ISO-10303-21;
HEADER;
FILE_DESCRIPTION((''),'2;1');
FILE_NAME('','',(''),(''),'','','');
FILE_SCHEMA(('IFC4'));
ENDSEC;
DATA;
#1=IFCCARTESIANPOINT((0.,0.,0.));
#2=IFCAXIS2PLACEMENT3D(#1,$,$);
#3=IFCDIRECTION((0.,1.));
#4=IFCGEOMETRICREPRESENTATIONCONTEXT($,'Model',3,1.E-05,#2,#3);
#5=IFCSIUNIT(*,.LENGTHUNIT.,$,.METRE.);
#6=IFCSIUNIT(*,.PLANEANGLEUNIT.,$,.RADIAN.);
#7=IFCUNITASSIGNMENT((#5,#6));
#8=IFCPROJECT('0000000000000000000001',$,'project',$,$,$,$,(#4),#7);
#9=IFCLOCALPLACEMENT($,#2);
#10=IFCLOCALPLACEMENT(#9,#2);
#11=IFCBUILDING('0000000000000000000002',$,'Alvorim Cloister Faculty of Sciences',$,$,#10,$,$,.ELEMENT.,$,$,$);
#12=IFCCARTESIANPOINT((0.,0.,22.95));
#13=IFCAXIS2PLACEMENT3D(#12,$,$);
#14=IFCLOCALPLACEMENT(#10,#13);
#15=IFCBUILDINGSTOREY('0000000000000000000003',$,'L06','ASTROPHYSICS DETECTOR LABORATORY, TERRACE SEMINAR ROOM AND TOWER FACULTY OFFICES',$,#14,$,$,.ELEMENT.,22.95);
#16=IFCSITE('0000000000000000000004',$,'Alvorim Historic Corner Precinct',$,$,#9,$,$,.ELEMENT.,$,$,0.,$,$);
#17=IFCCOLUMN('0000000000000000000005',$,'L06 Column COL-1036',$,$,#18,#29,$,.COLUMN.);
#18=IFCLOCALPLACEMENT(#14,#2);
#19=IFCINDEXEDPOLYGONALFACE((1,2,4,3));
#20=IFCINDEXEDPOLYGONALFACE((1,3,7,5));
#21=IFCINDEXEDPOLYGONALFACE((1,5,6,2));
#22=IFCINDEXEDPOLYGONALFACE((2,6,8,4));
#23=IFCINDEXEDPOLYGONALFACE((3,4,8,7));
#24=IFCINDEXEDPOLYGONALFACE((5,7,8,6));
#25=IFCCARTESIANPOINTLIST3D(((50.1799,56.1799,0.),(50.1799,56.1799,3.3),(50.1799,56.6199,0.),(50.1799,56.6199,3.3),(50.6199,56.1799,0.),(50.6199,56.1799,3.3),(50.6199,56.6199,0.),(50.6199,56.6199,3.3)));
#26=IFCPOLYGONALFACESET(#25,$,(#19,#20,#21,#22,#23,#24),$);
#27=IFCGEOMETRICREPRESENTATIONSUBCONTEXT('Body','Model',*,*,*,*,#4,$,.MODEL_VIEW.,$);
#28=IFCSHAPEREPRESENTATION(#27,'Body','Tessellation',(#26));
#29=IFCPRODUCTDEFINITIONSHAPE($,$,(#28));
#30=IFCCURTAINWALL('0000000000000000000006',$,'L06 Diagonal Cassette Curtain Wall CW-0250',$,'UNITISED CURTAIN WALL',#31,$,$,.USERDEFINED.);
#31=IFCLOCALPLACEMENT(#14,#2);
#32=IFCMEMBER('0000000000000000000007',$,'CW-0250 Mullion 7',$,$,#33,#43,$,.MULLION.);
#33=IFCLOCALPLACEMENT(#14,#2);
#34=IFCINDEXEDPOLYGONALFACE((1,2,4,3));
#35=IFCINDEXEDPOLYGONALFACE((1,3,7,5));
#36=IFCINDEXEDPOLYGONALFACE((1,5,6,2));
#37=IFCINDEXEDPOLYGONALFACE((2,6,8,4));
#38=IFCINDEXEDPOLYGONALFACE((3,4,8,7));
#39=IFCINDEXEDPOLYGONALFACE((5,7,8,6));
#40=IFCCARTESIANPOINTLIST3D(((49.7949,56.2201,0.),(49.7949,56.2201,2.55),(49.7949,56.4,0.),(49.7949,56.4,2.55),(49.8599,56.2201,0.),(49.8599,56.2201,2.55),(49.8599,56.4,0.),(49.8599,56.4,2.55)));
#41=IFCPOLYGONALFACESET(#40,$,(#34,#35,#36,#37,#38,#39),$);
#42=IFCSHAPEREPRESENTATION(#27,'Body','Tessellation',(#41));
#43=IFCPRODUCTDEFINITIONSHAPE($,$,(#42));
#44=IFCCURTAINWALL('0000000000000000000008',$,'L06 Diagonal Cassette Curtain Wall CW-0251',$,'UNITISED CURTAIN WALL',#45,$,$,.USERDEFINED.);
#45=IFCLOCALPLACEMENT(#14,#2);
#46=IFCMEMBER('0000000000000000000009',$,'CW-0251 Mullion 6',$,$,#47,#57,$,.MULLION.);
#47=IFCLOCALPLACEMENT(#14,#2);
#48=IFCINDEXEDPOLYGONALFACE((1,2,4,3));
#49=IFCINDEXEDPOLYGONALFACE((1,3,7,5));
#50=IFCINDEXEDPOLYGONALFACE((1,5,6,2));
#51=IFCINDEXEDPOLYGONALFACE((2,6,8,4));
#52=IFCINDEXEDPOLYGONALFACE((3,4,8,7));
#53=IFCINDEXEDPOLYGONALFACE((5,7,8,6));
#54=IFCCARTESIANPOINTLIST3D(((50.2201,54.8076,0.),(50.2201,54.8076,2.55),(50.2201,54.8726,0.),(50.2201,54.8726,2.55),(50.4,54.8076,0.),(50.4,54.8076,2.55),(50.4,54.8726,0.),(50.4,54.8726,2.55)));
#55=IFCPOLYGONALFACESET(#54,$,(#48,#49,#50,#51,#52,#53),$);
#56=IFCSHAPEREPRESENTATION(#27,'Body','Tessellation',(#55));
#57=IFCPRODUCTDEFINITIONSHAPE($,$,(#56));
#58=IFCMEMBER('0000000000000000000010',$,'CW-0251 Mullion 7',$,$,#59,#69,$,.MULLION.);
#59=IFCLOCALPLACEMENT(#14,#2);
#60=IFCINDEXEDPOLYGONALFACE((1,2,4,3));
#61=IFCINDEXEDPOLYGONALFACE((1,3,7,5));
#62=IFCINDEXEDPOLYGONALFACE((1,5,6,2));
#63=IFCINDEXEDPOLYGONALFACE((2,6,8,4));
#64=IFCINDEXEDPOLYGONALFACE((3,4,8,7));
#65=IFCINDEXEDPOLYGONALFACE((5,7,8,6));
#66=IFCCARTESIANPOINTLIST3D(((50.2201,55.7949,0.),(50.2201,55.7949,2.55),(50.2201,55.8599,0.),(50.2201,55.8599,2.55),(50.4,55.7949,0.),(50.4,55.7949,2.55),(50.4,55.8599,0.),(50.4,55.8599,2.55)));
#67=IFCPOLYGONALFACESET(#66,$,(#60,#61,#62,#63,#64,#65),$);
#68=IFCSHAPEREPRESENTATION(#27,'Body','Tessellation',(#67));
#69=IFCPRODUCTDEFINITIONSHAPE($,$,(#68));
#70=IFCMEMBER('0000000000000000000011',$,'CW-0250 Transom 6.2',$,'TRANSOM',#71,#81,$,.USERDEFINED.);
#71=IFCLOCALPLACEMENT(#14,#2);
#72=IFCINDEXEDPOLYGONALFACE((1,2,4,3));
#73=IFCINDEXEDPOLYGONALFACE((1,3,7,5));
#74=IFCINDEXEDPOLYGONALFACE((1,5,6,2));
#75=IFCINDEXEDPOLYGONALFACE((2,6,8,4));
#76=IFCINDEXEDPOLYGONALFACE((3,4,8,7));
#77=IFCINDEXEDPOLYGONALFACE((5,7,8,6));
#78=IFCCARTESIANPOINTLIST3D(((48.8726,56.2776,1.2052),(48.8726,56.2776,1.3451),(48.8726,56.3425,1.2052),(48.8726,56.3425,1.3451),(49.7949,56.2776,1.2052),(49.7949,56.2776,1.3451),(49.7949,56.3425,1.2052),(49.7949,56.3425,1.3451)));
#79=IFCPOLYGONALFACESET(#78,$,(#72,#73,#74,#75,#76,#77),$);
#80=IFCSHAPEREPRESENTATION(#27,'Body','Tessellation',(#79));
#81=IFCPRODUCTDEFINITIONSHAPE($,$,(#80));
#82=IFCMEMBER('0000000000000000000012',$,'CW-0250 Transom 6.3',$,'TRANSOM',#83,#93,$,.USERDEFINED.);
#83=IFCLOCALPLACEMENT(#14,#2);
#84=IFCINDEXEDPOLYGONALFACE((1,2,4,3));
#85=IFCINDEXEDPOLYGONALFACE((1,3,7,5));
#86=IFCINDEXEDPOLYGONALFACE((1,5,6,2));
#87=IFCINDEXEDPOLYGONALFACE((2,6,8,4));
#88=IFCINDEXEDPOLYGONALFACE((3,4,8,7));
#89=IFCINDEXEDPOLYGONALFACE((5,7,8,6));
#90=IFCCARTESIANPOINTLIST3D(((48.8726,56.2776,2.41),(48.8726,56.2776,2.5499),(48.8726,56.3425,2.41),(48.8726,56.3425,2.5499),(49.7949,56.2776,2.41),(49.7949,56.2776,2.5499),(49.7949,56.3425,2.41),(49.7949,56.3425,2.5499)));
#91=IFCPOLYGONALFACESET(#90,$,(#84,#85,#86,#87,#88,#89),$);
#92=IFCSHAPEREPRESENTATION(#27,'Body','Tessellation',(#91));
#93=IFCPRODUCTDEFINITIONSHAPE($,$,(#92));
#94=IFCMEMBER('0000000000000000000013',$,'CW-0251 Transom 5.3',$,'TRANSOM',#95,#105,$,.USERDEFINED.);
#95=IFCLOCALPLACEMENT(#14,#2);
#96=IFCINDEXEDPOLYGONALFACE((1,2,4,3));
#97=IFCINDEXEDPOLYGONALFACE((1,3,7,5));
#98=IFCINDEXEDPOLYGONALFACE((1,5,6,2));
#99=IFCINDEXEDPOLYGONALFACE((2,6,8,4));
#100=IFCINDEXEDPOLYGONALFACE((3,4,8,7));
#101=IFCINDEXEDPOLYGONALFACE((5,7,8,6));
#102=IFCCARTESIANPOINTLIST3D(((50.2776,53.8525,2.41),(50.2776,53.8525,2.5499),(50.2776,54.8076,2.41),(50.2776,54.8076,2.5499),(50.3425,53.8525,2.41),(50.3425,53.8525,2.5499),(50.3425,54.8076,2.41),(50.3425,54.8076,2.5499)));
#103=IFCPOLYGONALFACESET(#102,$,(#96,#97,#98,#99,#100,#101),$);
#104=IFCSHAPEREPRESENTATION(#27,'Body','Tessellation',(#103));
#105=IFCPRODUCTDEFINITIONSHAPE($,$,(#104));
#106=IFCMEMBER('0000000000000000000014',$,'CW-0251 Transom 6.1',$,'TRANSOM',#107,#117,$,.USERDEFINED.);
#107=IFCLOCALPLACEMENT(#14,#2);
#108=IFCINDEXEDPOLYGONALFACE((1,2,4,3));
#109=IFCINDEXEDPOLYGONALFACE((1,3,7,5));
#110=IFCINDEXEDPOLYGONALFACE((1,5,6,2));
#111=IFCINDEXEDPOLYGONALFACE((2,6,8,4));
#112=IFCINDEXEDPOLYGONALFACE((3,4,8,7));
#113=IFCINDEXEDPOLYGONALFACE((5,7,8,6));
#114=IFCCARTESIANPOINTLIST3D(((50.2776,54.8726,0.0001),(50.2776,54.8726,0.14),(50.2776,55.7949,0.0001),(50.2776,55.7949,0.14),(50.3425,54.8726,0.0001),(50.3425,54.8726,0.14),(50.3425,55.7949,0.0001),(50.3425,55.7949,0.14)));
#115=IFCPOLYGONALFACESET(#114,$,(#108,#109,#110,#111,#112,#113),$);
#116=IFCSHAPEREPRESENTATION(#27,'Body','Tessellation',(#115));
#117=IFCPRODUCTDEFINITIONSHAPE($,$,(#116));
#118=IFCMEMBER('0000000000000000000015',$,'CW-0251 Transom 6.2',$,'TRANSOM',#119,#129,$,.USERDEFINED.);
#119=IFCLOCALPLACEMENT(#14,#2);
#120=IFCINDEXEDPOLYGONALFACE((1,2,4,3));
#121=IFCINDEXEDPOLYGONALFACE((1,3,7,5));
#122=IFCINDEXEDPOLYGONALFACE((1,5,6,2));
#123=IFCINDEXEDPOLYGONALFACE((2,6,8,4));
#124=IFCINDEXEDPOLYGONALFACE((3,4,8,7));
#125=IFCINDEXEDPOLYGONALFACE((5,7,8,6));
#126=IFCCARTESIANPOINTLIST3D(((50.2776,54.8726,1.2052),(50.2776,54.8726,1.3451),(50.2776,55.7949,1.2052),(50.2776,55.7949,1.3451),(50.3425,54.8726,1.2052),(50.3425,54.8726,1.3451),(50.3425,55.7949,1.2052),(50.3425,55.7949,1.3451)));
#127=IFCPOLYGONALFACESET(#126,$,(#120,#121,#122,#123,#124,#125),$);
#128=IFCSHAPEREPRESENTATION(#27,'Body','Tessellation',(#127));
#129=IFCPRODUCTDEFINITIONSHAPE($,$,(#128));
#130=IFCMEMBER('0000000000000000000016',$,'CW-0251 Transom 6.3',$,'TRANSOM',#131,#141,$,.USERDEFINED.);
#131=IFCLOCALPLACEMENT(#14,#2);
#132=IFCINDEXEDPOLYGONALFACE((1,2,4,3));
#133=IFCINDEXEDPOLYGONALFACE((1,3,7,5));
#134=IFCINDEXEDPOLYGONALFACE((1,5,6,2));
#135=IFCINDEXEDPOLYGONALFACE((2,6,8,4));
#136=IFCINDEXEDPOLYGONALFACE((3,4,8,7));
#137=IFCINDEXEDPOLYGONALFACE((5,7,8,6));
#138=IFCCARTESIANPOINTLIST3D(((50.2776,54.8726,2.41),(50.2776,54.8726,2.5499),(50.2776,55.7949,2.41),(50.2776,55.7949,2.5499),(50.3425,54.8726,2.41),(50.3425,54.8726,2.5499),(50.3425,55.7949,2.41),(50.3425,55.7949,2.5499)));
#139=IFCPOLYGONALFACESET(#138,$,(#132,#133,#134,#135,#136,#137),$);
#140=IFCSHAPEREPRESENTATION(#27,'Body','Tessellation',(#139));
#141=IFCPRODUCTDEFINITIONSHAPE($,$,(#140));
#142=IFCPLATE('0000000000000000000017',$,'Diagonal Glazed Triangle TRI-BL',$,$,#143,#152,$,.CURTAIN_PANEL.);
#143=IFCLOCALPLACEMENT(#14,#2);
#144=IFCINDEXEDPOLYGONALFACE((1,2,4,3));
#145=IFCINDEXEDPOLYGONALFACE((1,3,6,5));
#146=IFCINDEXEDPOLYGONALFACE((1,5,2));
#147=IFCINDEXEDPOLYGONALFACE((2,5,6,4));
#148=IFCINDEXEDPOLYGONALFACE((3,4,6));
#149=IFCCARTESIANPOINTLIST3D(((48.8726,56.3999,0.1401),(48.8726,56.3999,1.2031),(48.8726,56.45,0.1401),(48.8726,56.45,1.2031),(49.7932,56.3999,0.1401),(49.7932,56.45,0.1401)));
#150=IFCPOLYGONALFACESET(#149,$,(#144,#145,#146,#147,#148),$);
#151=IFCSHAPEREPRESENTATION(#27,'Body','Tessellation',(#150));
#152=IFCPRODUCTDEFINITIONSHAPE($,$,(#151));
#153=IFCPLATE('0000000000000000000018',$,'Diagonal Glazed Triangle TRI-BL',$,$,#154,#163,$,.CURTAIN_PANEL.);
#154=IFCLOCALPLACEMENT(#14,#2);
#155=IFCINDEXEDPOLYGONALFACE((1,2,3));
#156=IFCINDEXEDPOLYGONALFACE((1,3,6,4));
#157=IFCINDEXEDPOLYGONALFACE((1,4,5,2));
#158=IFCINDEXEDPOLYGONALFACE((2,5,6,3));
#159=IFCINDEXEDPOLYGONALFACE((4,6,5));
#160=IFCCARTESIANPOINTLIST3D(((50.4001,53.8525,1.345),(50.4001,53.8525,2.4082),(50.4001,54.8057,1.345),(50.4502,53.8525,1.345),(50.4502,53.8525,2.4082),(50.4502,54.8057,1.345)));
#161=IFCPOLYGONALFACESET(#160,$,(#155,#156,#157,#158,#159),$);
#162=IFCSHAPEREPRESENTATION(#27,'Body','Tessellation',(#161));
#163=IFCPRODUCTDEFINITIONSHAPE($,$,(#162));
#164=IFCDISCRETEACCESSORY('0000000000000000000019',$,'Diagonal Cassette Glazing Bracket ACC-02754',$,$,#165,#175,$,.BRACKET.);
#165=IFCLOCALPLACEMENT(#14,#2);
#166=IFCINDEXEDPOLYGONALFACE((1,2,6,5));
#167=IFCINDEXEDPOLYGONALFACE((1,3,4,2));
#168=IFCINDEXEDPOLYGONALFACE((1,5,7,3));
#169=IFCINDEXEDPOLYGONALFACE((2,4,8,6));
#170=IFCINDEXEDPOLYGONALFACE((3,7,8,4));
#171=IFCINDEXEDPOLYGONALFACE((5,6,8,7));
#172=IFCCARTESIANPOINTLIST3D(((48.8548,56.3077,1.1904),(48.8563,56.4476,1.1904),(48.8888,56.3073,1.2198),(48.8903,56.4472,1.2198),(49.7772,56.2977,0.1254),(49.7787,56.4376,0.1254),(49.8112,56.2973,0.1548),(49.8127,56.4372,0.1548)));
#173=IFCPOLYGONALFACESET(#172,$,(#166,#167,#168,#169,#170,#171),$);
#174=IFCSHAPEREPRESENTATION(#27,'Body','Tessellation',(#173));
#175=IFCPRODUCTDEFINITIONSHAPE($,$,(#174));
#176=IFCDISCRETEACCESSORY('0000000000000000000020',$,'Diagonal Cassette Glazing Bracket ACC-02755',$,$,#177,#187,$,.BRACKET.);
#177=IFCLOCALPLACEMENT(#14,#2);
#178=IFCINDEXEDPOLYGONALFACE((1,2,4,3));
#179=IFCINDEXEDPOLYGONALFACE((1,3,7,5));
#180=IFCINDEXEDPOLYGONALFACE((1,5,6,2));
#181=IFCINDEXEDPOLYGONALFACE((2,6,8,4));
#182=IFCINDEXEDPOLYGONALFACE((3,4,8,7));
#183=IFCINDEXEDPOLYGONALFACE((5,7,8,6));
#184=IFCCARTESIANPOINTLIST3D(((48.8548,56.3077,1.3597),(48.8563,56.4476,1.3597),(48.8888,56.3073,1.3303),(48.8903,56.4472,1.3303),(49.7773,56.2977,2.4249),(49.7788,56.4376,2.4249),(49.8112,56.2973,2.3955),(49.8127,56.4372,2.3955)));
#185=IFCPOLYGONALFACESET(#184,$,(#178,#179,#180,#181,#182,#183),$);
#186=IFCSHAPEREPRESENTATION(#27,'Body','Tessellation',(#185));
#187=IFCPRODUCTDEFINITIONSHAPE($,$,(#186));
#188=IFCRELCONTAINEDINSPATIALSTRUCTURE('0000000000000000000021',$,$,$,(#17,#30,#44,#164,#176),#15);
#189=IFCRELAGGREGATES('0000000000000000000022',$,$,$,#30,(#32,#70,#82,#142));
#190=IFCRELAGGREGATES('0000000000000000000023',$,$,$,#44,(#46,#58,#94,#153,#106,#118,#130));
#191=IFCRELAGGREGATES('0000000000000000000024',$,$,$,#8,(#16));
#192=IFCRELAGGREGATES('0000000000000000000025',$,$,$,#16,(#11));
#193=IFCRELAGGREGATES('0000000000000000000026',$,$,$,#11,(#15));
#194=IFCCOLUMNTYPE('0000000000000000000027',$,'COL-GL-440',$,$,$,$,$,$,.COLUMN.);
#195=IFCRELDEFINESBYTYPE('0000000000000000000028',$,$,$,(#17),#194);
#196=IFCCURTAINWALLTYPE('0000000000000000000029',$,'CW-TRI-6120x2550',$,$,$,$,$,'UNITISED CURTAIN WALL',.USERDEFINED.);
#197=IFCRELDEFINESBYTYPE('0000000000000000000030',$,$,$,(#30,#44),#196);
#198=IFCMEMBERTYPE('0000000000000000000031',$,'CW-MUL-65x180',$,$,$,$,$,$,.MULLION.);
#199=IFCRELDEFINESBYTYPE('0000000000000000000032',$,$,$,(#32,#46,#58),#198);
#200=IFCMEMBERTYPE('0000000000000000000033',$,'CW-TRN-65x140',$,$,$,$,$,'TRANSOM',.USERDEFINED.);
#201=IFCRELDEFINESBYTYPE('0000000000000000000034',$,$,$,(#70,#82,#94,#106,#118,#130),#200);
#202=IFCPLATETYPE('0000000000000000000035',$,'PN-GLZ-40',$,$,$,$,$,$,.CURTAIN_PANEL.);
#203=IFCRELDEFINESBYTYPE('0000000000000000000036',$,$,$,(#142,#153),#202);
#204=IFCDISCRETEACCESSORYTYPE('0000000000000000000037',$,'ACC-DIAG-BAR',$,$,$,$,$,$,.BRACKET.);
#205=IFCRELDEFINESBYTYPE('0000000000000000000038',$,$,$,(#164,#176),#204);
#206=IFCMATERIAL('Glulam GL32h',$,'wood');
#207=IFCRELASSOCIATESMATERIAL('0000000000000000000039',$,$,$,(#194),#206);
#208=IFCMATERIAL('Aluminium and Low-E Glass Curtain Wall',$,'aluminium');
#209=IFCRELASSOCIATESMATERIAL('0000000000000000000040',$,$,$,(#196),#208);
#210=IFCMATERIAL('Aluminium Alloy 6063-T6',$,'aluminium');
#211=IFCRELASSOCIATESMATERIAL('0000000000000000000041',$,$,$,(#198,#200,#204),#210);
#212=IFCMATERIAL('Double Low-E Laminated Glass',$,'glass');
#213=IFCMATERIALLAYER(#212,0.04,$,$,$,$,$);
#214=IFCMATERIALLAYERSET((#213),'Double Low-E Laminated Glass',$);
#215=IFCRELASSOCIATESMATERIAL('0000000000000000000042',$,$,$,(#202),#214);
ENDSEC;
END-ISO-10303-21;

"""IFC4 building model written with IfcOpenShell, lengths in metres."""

from ifc_helpers import new_model, si_unit, direction, frame, origin, origin_2d, place, context, subcontext, project, spatial, polyline, rectangle, outline, extrude, material, layer, layer_set, material_profile, profile_set, type_object, element, aggregate, save


model = new_model("IFC4")

# Units and contexts
model_context = context("Model", 3, precision=1e-05, world=origin(), true_north=direction((0.0, 1.0)))
body_context = subcontext(model_context, "Body", "Model", "MODEL_VIEW")
ifc_project = project(units=[si_unit("LENGTHUNIT", "METRE"), si_unit("PLANEANGLEUNIT", "RADIAN")], contexts=[model_context])

# Site, building, storey
site_placement = place(None, origin())
site = spatial("IfcSite", under=ifc_project, at=site_placement, Name="Alvorim Historic Corner Precinct", CompositionType="ELEMENT", RefElevation=0.0)
building_placement = place(site_placement, origin())
building = spatial("IfcBuilding", under=site, at=building_placement, Name="Alvorim Cloister Faculty of Sciences", CompositionType="ELEMENT")
storey_placement = place(building_placement, frame((0.0, 0.0, 22.95)))
storey = spatial("IfcBuildingStorey", under=building, at=storey_placement, Name="L06", Description="ASTROPHYSICS DETECTOR LABORATORY, TERRACE SEMINAR ROOM AND TOWER FACULTY OFFICES", CompositionType="ELEMENT", Elevation=22.95)

# Column
ifc_material_1 = material(Name="Glulam GL32h", Category="wood")
ifc_material_profile_1 = material_profile(ifc_material_1, rectangle(XDim=0.4399, YDim=0.4399, at=origin_2d()), Name="GL32-COL-440x440")
ifc_profile_set_1 = profile_set([ifc_material_profile_1], Name="Glulam GL32h")
column_type = type_object("IfcColumnType", Name="COL-GL-440", PredefinedType="COLUMN", material=ifc_profile_set_1)
column_placement = place(storey_placement, frame((50.3999, 56.3999, 0.0), z_axis=(0.0, 0.0, 1.0), x_axis=(1.0, 0.0, 0.0)))
element("IfcColumn", 1, at=column_placement, inside=storey, type_object=column_type, Name="L06 Column COL-1036", PredefinedType="COLUMN", context=body_context, shape_type="SweptSolid", body=[
    extrude(rectangle(XDim=0.4399, YDim=0.4399, at=origin_2d()), origin(), (0.0, 0.0, 1.0), 3.3),
])

# Curtain wall, member
ifc_material_2 = material(Name="Aluminium and Low-E Glass Curtain Wall", Category="aluminium")
curtain_wall_type = type_object("IfcCurtainWallType", Name="CW-TRI-6120x2550", ElementType="UNITISED CURTAIN WALL", PredefinedType="USERDEFINED", material=ifc_material_2)
curtain_wall_1_placement = place(storey_placement, origin())
curtain_wall_1 = element("IfcCurtainWall", 2, at=curtain_wall_1_placement, inside=storey, type_object=curtain_wall_type, Name="L06 Diagonal Cassette Curtain Wall CW-0250", ObjectType="UNITISED CURTAIN WALL", PredefinedType="USERDEFINED")
ifc_material_3 = material(Name="Aluminium Alloy 6063-T6", Category="aluminium")
ifc_material_profile_2 = material_profile(ifc_material_3, rectangle(XDim=0.0649, YDim=0.1799, at=origin_2d()), Name="ALU-MUL-65x180")
ifc_profile_set_2 = profile_set([ifc_material_profile_2], Name="Aluminium Alloy 6063-T6")
member_type_1 = type_object("IfcMemberType", Name="CW-MUL-65x180", PredefinedType="MULLION", material=ifc_profile_set_2)
member_1_placement = place(storey_placement, frame((49.8274, 56.3101, 0.0), z_axis=(0.0, 0.0, 1.0), x_axis=(1.0, 0.0, 0.0)))
member_1 = element("IfcMember", 3, at=member_1_placement, type_object=member_type_1, Name="CW-0250 Mullion 7", PredefinedType="MULLION", context=body_context, shape_type="SweptSolid", body=[
    extrude(rectangle(XDim=0.0649, YDim=0.1799, at=origin_2d()), origin(), (0.0, 0.0, 1.0), 2.55),
])

# Curtain wall, members
curtain_wall_2_placement = place(storey_placement, origin())
curtain_wall_2 = element("IfcCurtainWall", 4, at=curtain_wall_2_placement, inside=storey, type_object=curtain_wall_type, Name="L06 Diagonal Cassette Curtain Wall CW-0251", ObjectType="UNITISED CURTAIN WALL", PredefinedType="USERDEFINED")
member_2_placement = place(storey_placement, frame((50.3101, 54.8401, 0.0), z_axis=(0.0, 0.0, 1.0), x_axis=(0.0, 1.0, 0.0)))
member_2 = element("IfcMember", 5, at=member_2_placement, type_object=member_type_1, Name="CW-0251 Mullion 6", PredefinedType="MULLION", context=body_context, shape_type="SweptSolid", body=[
    extrude(rectangle(XDim=0.0649, YDim=0.1799, at=origin_2d()), origin(), (0.0, 0.0, 1.0), 2.55),
])
member_3_placement = place(storey_placement, frame((50.3101, 55.8274, 0.0), z_axis=(0.0, 0.0, 1.0), x_axis=(0.0, 1.0, 0.0)))
member_3 = element("IfcMember", 6, at=member_3_placement, type_object=member_type_1, Name="CW-0251 Mullion 7", PredefinedType="MULLION", context=body_context, shape_type="SweptSolid", body=[
    extrude(rectangle(XDim=0.0649, YDim=0.1799, at=origin_2d()), origin(), (0.0, 0.0, 1.0), 2.55),
])

# Members
ifc_material_profile_3 = material_profile(ifc_material_3, rectangle(XDim=0.0649, YDim=0.1399, at=origin_2d()), Name="ALU-TRN-65x140")
ifc_profile_set_3 = profile_set([ifc_material_profile_3], Name="Aluminium Alloy 6063-T6")
member_type_2 = type_object("IfcMemberType", Name="CW-TRN-65x140", ElementType="TRANSOM", PredefinedType="USERDEFINED", material=ifc_profile_set_3)
member_4_placement = place(storey_placement, frame((48.8726, 56.3101, 1.2751), z_axis=(1.0, 0.0, 0.0), x_axis=(0.0, 1.0, 0.0)))
member_4 = element("IfcMember", 7, at=member_4_placement, type_object=member_type_2, Name="CW-0250 Transom 6.2", ObjectType="TRANSOM", PredefinedType="USERDEFINED", context=body_context, shape_type="SweptSolid", body=[
    extrude(rectangle(XDim=0.0649, YDim=0.1399, at=origin_2d()), origin(), (0.0, 0.0, 1.0), 0.9224),
])
member_5_placement = place(storey_placement, frame((48.8726, 56.3101, 2.48), z_axis=(1.0, 0.0, 0.0), x_axis=(0.0, 1.0, 0.0)))
member_5 = element("IfcMember", 8, at=member_5_placement, type_object=member_type_2, Name="CW-0250 Transom 6.3", ObjectType="TRANSOM", PredefinedType="USERDEFINED", context=body_context, shape_type="SweptSolid", body=[
    extrude(rectangle(XDim=0.0649, YDim=0.1399, at=origin_2d()), origin(), (0.0, 0.0, 1.0), 0.9224),
])
member_6_placement = place(storey_placement, frame((50.3101, 53.8525, 2.48), z_axis=(0.0, 1.0, 0.0), x_axis=(-1.0, 0.0, 0.0)))
member_6 = element("IfcMember", 9, at=member_6_placement, type_object=member_type_2, Name="CW-0251 Transom 5.3", ObjectType="TRANSOM", PredefinedType="USERDEFINED", context=body_context, shape_type="SweptSolid", body=[
    extrude(rectangle(XDim=0.0649, YDim=0.1399, at=origin_2d()), origin(), (0.0, 0.0, 1.0), 0.9551),
])
member_7_placement = place(storey_placement, frame((50.3101, 54.8726, 0.0701), z_axis=(0.0, 1.0, 0.0), x_axis=(-1.0, 0.0, 0.0)))
member_7 = element("IfcMember", 10, at=member_7_placement, type_object=member_type_2, Name="CW-0251 Transom 6.1", ObjectType="TRANSOM", PredefinedType="USERDEFINED", context=body_context, shape_type="SweptSolid", body=[
    extrude(rectangle(XDim=0.0649, YDim=0.1399, at=origin_2d()), origin(), (0.0, 0.0, 1.0), 0.9224),
])
member_8_placement = place(storey_placement, frame((50.3101, 54.8726, 1.2751), z_axis=(0.0, 1.0, 0.0), x_axis=(-1.0, 0.0, 0.0)))
member_8 = element("IfcMember", 11, at=member_8_placement, type_object=member_type_2, Name="CW-0251 Transom 6.2", ObjectType="TRANSOM", PredefinedType="USERDEFINED", context=body_context, shape_type="SweptSolid", body=[
    extrude(rectangle(XDim=0.0649, YDim=0.1399, at=origin_2d()), origin(), (0.0, 0.0, 1.0), 0.9224),
])
member_9_placement = place(storey_placement, frame((50.3101, 54.8726, 2.48), z_axis=(0.0, 1.0, 0.0), x_axis=(-1.0, 0.0, 0.0)))
member_9 = element("IfcMember", 12, at=member_9_placement, type_object=member_type_2, Name="CW-0251 Transom 6.3", ObjectType="TRANSOM", PredefinedType="USERDEFINED", context=body_context, shape_type="SweptSolid", body=[
    extrude(rectangle(XDim=0.0649, YDim=0.1399, at=origin_2d()), origin(), (0.0, 0.0, 1.0), 0.9224),
])

# Plates
ifc_material_4 = material(Name="Double Low-E Laminated Glass", Category="glass")
ifc_layer = layer(ifc_material_4, 0.04)
ifc_layer_set = layer_set([ifc_layer], Name="Double Low-E Laminated Glass")
plate_type = type_object("IfcPlateType", Name="PN-GLZ-40", PredefinedType="CURTAIN_PANEL", material=ifc_layer_set)
plate_1_placement = place(storey_placement, frame((48.8726, 56.425, 0.1401), z_axis=(0.0, 0.0, 1.0), x_axis=(1.0, 0.0, 0.0)))
plate_1 = element("IfcPlate", 13, at=plate_1_placement, type_object=plate_type, Name="Diagonal Glazed Triangle TRI-BL", PredefinedType="CURTAIN_PANEL", context=body_context, shape_type="SweptSolid", body=[
    extrude(outline(polyline([(0.0, 0.0), (0.9207, 0.0), (0.0, 1.063), (0.0, 0.0)])), frame((0.0, 0.0249, 0.0), z_axis=(0.0, -1.0, 0.0), x_axis=(1.0, 0.0, 0.0)), (0.0, 0.0, 1.0), 0.05),
])
aggregate(curtain_wall_1, [member_1, member_4, member_5, plate_1])
plate_2_placement = place(storey_placement, frame((50.425, 53.8525, 1.345), z_axis=(0.0, 0.0, 1.0), x_axis=(0.0, 1.0, 0.0)))
plate_2 = element("IfcPlate", 14, at=plate_2_placement, type_object=plate_type, Name="Diagonal Glazed Triangle TRI-BL", PredefinedType="CURTAIN_PANEL", context=body_context, shape_type="SweptSolid", body=[
    extrude(outline(polyline([(0.0, 0.0), (0.9531, 0.0), (0.0, 1.0632), (0.0, 0.0)])), frame((0.0, 0.0249, 0.0), z_axis=(0.0, -1.0, 0.0), x_axis=(1.0, 0.0, 0.0)), (0.0, 0.0, 1.0), 0.05),
])
aggregate(curtain_wall_2, [member_2, member_3, member_6, plate_2, member_7, member_8, member_9])

# Discrete accessories
discrete_accessory_type = type_object("IfcDiscreteAccessoryType", Name="ACC-DIAG-BAR", PredefinedType="BRACKET", material=ifc_material_3)
discrete_accessory_1_placement = place(storey_placement, frame((48.8726, 56.3774, 1.2051), z_axis=(0.654676, -0.007105, -0.755876), x_axis=(0.010852, 0.999941, 0.0)))
element("IfcDiscreteAccessory", 15, at=discrete_accessory_1_placement, inside=storey, type_object=discrete_accessory_type, Name="Diagonal Cassette Glazing Bracket ACC-02754", PredefinedType="BRACKET", context=body_context, shape_type="SweptSolid", body=[
    extrude(rectangle(XDim=0.1399, YDim=0.0449, at=origin_2d()), origin(), (0.0, 0.0, 1.0), 1.4089),
])
discrete_accessory_2_placement = place(storey_placement, frame((48.8726, 56.3774, 1.345), z_axis=(0.654591, -0.007104, 0.75595), x_axis=(0.010852, 0.999941, 0.0)))
element("IfcDiscreteAccessory", 16, at=discrete_accessory_2_placement, inside=storey, type_object=discrete_accessory_type, Name="Diagonal Cassette Glazing Bracket ACC-02755", PredefinedType="BRACKET", context=body_context, shape_type="SweptSolid", body=[
    extrude(rectangle(XDim=0.1399, YDim=0.0449, at=origin_2d()), origin(), (0.0, 0.0, 1.0), 1.4092),
])

save(model, "model.ifc")
